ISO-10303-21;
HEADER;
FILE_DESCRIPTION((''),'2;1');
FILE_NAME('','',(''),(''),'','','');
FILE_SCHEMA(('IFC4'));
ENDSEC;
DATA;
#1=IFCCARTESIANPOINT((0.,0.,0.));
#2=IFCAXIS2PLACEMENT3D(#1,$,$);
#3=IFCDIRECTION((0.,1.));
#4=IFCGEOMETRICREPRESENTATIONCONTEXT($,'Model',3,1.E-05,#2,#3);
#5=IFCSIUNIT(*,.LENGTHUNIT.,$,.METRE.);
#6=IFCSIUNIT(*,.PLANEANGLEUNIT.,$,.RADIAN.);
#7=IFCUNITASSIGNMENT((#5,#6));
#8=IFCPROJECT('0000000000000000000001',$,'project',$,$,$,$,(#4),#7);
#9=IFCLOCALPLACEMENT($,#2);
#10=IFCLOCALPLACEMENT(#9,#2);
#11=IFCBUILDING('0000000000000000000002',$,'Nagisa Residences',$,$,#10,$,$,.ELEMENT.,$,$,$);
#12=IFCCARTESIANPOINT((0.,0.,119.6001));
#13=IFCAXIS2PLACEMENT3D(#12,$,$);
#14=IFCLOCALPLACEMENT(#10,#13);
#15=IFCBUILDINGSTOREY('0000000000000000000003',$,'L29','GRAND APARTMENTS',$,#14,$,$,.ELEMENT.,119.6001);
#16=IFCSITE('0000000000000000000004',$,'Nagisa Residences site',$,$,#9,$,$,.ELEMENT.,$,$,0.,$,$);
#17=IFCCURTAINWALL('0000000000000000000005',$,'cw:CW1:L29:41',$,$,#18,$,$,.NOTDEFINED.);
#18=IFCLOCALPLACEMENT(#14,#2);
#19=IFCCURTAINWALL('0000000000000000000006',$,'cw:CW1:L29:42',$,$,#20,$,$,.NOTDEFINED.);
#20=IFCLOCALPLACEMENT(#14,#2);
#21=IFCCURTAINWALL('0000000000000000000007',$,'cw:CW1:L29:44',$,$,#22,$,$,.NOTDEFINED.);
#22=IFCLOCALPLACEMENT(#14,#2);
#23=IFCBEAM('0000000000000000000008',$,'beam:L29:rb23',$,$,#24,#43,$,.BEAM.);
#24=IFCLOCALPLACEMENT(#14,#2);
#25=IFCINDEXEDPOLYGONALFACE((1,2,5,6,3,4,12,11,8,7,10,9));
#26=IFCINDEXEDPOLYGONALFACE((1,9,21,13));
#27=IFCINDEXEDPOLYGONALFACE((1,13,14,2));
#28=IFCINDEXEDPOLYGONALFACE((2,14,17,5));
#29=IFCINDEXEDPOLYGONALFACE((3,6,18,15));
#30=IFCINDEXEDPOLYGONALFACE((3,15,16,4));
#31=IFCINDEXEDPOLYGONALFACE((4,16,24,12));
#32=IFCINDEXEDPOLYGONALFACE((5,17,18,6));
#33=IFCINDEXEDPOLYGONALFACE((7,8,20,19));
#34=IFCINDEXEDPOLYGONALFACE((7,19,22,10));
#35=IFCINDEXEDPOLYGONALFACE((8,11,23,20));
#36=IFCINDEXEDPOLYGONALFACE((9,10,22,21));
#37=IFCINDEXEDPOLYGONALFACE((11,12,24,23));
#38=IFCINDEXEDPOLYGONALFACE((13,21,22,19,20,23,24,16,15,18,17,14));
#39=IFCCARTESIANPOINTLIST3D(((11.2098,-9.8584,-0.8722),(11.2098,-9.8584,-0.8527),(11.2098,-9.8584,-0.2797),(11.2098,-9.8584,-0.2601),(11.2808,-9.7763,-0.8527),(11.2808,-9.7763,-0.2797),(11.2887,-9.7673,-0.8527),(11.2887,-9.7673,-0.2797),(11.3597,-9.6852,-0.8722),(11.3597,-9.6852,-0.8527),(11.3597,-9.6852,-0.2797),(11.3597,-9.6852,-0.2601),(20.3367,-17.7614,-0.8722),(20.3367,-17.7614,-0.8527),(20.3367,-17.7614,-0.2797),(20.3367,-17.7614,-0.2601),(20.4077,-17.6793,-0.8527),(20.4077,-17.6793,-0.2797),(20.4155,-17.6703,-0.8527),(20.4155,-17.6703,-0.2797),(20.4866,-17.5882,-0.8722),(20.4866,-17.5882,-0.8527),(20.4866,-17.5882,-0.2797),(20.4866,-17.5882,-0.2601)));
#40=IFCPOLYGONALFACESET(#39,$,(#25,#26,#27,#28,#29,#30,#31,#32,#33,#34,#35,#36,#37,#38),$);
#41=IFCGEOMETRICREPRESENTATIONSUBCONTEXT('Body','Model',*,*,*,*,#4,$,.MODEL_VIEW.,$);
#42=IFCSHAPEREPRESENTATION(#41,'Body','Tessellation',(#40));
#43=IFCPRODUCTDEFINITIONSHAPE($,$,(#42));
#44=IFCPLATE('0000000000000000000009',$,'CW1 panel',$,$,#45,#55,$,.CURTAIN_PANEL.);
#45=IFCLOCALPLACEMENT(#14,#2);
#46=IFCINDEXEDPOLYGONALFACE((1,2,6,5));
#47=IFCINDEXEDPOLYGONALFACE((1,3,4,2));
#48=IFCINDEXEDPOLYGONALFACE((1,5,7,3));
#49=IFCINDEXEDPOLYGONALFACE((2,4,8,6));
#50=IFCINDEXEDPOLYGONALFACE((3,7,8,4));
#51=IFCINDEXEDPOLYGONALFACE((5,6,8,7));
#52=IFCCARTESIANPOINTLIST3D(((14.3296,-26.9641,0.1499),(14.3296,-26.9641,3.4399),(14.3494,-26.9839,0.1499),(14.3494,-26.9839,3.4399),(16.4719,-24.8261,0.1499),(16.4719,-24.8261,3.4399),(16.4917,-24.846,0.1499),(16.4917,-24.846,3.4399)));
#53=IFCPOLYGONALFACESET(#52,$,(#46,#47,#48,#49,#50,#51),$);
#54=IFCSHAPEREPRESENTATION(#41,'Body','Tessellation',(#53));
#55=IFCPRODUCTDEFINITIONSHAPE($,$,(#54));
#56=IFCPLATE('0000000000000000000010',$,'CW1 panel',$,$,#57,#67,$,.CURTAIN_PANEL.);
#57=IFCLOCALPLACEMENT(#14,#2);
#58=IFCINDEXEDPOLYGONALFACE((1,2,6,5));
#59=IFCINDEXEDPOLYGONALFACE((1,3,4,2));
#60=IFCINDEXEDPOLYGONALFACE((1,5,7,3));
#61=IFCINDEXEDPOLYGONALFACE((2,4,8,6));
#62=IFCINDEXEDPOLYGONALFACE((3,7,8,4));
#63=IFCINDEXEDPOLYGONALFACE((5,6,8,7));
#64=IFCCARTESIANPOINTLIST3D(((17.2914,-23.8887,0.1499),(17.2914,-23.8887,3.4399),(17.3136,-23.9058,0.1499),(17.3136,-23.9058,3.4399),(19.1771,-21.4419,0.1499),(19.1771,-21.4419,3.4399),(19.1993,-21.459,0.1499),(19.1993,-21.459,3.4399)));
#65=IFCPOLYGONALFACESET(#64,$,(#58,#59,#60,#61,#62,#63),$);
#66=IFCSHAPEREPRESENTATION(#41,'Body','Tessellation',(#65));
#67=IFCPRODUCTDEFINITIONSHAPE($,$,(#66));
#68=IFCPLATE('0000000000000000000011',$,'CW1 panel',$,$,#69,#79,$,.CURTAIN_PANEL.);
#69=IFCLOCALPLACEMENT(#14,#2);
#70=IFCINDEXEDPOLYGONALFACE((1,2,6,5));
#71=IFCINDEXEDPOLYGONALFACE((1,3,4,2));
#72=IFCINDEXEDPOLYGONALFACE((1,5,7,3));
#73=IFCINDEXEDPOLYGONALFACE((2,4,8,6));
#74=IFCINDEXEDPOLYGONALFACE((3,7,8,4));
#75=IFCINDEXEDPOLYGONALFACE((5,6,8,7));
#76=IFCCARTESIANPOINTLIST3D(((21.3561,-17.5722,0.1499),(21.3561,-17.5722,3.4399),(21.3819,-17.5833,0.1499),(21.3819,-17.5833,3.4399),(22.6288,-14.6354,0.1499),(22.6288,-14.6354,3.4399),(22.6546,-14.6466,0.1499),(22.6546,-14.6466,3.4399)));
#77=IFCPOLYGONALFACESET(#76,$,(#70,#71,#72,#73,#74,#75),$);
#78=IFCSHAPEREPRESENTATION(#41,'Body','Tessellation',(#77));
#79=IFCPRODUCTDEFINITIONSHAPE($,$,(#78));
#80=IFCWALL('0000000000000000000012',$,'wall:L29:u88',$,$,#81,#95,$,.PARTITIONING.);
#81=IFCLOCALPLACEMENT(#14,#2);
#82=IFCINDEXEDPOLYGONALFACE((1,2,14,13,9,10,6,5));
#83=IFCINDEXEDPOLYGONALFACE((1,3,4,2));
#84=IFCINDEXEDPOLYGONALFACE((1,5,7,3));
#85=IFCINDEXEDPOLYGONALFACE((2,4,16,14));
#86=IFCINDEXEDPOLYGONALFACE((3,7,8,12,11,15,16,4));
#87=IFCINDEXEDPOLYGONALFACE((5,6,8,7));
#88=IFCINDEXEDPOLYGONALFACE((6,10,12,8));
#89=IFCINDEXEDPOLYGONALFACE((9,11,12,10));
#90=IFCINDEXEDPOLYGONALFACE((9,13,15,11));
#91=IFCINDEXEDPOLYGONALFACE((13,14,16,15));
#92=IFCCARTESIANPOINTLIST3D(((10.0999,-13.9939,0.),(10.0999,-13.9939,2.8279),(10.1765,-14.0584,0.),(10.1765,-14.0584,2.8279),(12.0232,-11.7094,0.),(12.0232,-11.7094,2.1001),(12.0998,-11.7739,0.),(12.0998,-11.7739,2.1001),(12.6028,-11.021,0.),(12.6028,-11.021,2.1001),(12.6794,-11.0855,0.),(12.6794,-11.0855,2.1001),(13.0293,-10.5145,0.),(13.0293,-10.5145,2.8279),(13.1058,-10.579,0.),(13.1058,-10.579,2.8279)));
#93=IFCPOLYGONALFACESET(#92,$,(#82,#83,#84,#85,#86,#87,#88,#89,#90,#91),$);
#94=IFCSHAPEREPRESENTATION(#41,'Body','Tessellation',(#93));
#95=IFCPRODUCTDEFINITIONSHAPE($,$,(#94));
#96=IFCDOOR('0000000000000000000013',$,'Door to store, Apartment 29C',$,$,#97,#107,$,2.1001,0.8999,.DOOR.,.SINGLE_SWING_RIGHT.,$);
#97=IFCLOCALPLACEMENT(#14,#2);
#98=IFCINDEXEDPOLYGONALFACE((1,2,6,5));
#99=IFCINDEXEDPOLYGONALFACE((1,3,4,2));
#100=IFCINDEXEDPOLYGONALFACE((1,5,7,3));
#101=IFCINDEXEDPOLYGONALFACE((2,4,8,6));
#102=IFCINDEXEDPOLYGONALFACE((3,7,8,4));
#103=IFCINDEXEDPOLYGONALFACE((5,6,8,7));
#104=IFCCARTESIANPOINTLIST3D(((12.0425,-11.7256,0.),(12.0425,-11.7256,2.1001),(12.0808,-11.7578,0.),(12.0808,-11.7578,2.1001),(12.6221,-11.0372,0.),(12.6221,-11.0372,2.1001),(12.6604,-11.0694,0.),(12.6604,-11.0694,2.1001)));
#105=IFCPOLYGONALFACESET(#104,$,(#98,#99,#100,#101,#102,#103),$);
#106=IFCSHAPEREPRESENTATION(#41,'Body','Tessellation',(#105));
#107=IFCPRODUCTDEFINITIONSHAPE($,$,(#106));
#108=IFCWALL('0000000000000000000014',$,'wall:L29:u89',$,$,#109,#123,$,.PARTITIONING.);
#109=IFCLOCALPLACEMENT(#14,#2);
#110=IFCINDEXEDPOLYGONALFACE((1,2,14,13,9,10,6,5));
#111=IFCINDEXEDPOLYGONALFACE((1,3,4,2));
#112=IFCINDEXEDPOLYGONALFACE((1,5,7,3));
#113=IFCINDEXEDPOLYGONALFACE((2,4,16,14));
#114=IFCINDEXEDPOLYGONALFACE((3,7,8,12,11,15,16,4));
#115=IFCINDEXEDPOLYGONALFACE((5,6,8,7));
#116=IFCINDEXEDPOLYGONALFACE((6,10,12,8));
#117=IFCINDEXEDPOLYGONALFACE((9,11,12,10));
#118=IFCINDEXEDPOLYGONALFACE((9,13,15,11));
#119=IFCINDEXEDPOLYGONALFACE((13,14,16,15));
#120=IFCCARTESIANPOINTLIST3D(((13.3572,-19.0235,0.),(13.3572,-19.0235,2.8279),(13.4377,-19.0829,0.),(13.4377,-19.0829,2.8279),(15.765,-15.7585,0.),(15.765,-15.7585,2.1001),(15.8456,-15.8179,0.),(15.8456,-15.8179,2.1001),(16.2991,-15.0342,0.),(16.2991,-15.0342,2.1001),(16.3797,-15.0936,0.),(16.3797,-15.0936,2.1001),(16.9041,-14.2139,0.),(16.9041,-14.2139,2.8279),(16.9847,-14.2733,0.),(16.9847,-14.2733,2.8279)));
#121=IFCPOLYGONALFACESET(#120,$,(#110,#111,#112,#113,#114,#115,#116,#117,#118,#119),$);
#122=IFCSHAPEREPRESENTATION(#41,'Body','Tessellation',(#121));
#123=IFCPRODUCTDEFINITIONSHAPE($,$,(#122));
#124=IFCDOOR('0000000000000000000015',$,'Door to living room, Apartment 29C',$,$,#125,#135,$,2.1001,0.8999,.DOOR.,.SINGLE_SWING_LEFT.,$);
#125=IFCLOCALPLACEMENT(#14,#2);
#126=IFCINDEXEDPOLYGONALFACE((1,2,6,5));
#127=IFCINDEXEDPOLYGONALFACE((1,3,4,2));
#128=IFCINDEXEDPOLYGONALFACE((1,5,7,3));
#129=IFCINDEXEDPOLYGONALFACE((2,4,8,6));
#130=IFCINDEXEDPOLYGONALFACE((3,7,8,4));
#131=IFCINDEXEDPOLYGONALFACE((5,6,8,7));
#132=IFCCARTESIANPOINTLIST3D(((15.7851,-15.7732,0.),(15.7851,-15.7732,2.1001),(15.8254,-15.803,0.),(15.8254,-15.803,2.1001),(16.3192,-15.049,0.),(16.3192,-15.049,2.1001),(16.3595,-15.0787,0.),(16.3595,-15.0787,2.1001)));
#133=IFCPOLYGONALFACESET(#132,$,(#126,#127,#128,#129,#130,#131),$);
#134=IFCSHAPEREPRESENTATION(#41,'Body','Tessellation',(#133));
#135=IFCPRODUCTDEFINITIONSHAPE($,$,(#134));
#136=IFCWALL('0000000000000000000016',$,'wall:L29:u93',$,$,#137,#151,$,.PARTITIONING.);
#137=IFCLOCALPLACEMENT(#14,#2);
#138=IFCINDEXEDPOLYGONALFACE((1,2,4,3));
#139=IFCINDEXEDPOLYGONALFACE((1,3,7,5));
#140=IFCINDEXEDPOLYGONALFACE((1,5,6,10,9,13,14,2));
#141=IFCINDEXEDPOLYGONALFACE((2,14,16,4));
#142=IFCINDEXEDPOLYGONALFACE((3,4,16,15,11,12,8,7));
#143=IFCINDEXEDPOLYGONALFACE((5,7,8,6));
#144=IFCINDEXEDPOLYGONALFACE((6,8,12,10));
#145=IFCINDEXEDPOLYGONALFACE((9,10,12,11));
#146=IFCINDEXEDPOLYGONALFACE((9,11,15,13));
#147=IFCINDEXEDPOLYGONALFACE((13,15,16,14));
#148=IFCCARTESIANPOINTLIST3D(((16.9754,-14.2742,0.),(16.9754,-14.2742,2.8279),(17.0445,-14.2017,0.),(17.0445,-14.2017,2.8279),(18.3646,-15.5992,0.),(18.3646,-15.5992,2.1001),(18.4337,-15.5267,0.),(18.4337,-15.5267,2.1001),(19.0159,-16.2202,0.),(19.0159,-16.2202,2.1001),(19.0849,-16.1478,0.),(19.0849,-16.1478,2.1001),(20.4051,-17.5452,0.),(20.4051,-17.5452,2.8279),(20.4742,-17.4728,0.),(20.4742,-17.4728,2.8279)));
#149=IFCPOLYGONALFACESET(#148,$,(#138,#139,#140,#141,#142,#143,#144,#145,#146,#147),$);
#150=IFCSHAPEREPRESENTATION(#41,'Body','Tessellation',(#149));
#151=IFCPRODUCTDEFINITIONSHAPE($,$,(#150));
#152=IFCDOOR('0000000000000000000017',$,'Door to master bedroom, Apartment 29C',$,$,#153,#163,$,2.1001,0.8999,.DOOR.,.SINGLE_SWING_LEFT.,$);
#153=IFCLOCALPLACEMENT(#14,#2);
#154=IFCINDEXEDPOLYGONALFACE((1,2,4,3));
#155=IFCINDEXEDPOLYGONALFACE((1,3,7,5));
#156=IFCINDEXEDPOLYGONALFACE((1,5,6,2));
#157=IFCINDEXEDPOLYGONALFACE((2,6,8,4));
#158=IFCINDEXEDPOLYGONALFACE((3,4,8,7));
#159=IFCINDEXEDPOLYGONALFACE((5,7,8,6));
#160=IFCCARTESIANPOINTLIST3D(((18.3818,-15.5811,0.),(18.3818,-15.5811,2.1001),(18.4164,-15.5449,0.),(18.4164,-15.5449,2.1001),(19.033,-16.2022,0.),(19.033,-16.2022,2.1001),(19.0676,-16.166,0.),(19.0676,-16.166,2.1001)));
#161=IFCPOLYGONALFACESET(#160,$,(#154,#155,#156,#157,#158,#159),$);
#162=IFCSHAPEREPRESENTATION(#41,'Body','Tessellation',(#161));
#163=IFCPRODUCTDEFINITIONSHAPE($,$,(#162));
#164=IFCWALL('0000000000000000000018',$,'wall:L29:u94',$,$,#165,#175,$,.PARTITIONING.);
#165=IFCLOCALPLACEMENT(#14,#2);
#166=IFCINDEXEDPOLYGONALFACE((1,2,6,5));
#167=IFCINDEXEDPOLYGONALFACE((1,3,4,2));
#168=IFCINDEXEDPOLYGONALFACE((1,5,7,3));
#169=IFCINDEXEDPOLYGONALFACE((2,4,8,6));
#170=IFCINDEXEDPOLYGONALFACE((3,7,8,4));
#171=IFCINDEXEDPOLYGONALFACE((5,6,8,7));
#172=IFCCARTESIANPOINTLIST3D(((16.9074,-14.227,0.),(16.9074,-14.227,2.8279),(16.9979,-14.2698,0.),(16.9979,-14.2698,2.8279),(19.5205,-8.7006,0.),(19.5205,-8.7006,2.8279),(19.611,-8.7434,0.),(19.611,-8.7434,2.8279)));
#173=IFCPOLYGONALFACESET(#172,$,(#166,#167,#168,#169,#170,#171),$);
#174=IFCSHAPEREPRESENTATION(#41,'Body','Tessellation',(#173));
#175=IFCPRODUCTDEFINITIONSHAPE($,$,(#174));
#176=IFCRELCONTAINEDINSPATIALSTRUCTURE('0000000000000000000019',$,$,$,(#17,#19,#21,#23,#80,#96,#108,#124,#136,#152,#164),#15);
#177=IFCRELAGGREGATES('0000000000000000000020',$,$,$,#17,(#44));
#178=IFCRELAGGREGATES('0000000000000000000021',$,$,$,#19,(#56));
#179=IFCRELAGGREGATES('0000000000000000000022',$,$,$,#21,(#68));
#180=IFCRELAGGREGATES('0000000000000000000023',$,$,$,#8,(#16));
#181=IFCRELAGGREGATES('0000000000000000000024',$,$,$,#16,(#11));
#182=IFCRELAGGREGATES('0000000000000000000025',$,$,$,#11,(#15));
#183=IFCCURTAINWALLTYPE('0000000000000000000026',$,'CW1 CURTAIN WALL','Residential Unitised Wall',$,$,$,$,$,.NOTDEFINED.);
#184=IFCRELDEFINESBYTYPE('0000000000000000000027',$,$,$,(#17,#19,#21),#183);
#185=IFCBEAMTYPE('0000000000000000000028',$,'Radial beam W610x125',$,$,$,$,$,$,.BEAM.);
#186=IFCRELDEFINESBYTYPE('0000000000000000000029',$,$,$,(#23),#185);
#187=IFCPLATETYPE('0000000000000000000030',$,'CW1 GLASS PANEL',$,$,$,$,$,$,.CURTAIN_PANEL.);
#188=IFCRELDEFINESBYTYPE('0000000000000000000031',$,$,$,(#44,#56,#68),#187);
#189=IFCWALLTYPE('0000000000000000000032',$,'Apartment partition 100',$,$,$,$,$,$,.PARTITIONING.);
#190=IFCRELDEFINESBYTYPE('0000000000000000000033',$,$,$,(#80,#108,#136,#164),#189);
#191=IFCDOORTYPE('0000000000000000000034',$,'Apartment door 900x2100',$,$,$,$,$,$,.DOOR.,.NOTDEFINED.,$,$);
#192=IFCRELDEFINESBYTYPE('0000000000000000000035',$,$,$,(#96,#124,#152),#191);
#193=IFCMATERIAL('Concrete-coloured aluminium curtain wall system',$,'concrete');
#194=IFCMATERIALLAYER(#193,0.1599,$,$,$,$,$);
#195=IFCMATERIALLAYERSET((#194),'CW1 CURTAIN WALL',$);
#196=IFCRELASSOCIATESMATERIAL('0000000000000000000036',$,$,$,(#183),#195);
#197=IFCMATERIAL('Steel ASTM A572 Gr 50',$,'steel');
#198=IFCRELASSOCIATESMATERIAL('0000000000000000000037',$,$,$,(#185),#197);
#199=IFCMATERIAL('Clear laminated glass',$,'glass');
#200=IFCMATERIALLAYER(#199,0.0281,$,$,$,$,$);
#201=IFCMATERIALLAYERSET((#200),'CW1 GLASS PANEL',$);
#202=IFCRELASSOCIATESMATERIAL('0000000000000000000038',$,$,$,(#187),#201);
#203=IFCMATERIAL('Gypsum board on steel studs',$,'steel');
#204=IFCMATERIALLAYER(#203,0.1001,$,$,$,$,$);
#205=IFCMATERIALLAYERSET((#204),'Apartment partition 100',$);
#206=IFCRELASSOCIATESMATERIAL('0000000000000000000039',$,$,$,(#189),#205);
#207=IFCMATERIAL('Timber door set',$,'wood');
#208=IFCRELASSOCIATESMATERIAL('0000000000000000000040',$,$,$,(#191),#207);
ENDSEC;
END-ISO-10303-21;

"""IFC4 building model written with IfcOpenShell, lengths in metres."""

from ifc_helpers import new_model, si_unit, direction, frame, frame_2d, origin, origin_2d, place, context, subcontext, project, spatial, rectangle, i_section, extrude, material, layer, layer_set, material_profile, profile_set, type_object, element, fill, aggregate, save


model = new_model("IFC4")

# Units and contexts
model_context = context("Model", 3, precision=1e-05, world=origin(), true_north=direction((0.0, 1.0)))
body_context = subcontext(model_context, "Body", "Model", "MODEL_VIEW")
ifc_project = project(units=[si_unit("LENGTHUNIT", "METRE"), si_unit("PLANEANGLEUNIT", "RADIAN")], contexts=[model_context])

# Site, building, storey
site_placement = place(None, origin())
site = spatial("IfcSite", under=ifc_project, at=site_placement, Name="Nagisa Residences site", CompositionType="ELEMENT", RefElevation=0.0)
building_placement = place(site_placement, origin())
building = spatial("IfcBuilding", under=site, at=building_placement, Name="Nagisa Residences", CompositionType="ELEMENT")
storey_placement = place(building_placement, frame((0.0, 0.0, 119.6001)))
storey = spatial("IfcBuildingStorey", under=building, at=storey_placement, Name="L29", Description="GRAND APARTMENTS", CompositionType="ELEMENT", Elevation=119.6001)

# Curtain walls
ifc_material_1 = material(Name="Concrete-coloured aluminium curtain wall system", Category="concrete")
ifc_layer_1 = layer(ifc_material_1, 0.1599)
ifc_layer_set_1 = layer_set([ifc_layer_1], Name="CW1 CURTAIN WALL")
curtain_wall_type = type_object("IfcCurtainWallType", Name="CW1 CURTAIN WALL", Description="Residential Unitised Wall", PredefinedType="NOTDEFINED", material=ifc_layer_set_1)
curtain_wall_1_placement = place(storey_placement, origin())
curtain_wall_1 = element("IfcCurtainWall", 1, at=curtain_wall_1_placement, inside=storey, type_object=curtain_wall_type, Name="cw:CW1:L29:41", PredefinedType="NOTDEFINED")
curtain_wall_2_placement = place(storey_placement, origin())
curtain_wall_2 = element("IfcCurtainWall", 2, at=curtain_wall_2_placement, inside=storey, type_object=curtain_wall_type, Name="cw:CW1:L29:42", PredefinedType="NOTDEFINED")
curtain_wall_3_placement = place(storey_placement, origin())
curtain_wall_3 = element("IfcCurtainWall", 3, at=curtain_wall_3_placement, inside=storey, type_object=curtain_wall_type, Name="cw:CW1:L29:44", PredefinedType="NOTDEFINED")

# Beam
ifc_material_2 = material(Name="Steel ASTM A572 Gr 50", Category="steel")
ifc_material_profile_1 = material_profile(ifc_material_2, i_section(OverallWidth=0.229, OverallDepth=0.6121, WebThickness=0.012, FlangeThickness=0.0195, at=origin_2d()), Name="W610x125")
ifc_profile_set_1 = profile_set([ifc_material_profile_1], Name="Steel ASTM A572 Gr 50")
beam_type = type_object("IfcBeamType", Name="Radial beam W610x125", PredefinedType="BEAM", material=ifc_profile_set_1)
beam_1_placement = place(storey_placement, frame((20.4116, -17.6748, -0.5662), z_axis=(-0.755974, 0.654602, 0.0), x_axis=(-0.654602, -0.755974, 0.0)))
element("IfcBeam", 4, at=beam_1_placement, inside=storey, type_object=beam_type, Name="beam:L29:rb23", PredefinedType="BEAM", context=body_context, shape_type="SweptSolid", body=[
    extrude(i_section(OverallWidth=0.229, OverallDepth=0.6121, WebThickness=0.012, FlangeThickness=0.0195, at=origin_2d()), origin(), (0.0, 0.0, 1.0), 12.073),
])

# Plates
ifc_material_3 = material(Name="Clear laminated glass", Category="glass")
ifc_layer_2 = layer(ifc_material_3, 0.0281)
ifc_layer_set_2 = layer_set([ifc_layer_2], Name="CW1 GLASS PANEL")
plate_type = type_object("IfcPlateType", Name="CW1 GLASS PANEL", PredefinedType="CURTAIN_PANEL", material=ifc_layer_set_2)
plate_1_placement = place(storey_placement, frame((15.4106, -25.905, 0.1499), z_axis=(0.0, 0.0, 1.0), x_axis=(0.707836, 0.706377, 0.0)))
plate_1 = element("IfcPlate", 5, at=plate_1_placement, type_object=plate_type, Name="CW1 panel", PredefinedType="CURTAIN_PANEL", context=body_context, shape_type="SweptSolid", body=[
    extrude(rectangle(XDim=3.0266, YDim=0.0281, at=origin_2d()), origin(), (0.0, 0.0, 1.0), 3.29),
])
aggregate(curtain_wall_1, [plate_1])
plate_2_placement = place(storey_placement, frame((18.2454, -22.6738, 0.1499), z_axis=(0.0, 0.0, 1.0), x_axis=(0.61043, 0.79207, 0.0)))
plate_2 = element("IfcPlate", 6, at=plate_2_placement, type_object=plate_type, Name="CW1 panel", PredefinedType="CURTAIN_PANEL", context=body_context, shape_type="SweptSolid", body=[
    extrude(rectangle(XDim=3.0891, YDim=0.0281, at=origin_2d()), origin(), (0.0, 0.0, 1.0), 3.29),
])
aggregate(curtain_wall_2, [plate_2])
plate_3_placement = place(storey_placement, frame((22.0054, -16.1094, 0.1499), z_axis=(0.0, 0.0, 1.0), x_axis=(0.397636, 0.917543, 0.0)))
plate_3 = element("IfcPlate", 7, at=plate_3_placement, type_object=plate_type, Name="CW1 panel", PredefinedType="CURTAIN_PANEL", context=body_context, shape_type="SweptSolid", body=[
    extrude(rectangle(XDim=3.2007, YDim=0.0281, at=origin_2d()), origin(), (0.0, 0.0, 1.0), 3.29),
])
aggregate(curtain_wall_3, [plate_3])

# Walls, openings, doors
ifc_material_4 = material(Name="Gypsum board on steel studs", Category="steel")
ifc_layer_3 = layer(ifc_material_4, 0.1001)
ifc_layer_set_3 = layer_set([ifc_layer_3], Name="Apartment partition 100")
wall_type_1 = type_object("IfcWallType", Name="Apartment partition 100", PredefinedType="PARTITIONING", material=ifc_layer_set_3)
wall_1_placement = place(storey_placement, frame((10.1382, -14.0261, 0.0), z_axis=(0.0, 0.0, 1.0), x_axis=(0.644051, 0.764982, 0.0)))
wall_1 = element("IfcWall", 8, at=wall_1_placement, inside=storey, type_object=wall_type_1, Name="wall:L29:u88", PredefinedType="PARTITIONING", context=body_context, shape_type="SweptSolid", body=[
    extrude(rectangle(XDim=4.5483, YDim=0.1001, at=frame_2d((2.2742, 0.0))), origin(), (0.0, 0.0, 1.0), 2.8279),
])
opening_1_placement = place(wall_1_placement, frame((2.9863, 0.0, 0.0)))
opening_1 = element("IfcOpeningElement", 9, at=opening_1_placement, cuts=wall_1, PredefinedType="OPENING", context=body_context, shape_type="SweptSolid", body=[
    extrude(rectangle(XDim=0.8999, YDim=2.1001, at=frame_2d((0.45, 1.05))), frame((0.0, 0.0601, 0.0), z_axis=(0.0, -1.0, 0.0), x_axis=(1.0, 0.0, 0.0)), (0.0, 0.0, 1.0), 0.1201),
])
ifc_material_5 = material(Name="Timber door set", Category="wood")
door_type_1 = type_object("IfcDoorType", Name="Apartment door 900x2100", OperationType="NOTDEFINED", PredefinedType="DOOR", material=ifc_material_5)
door_1_placement = place(opening_1_placement, origin())
door_1 = element("IfcDoor", 10, at=door_1_placement, inside=storey, type_object=door_type_1, Name="Door to store, Apartment 29C", OperationType="SINGLE_SWING_RIGHT", OverallHeight=2.1001, OverallWidth=0.8999, PredefinedType="DOOR", context=body_context, shape_type="SweptSolid", body=[
    extrude(rectangle(XDim=0.8999, YDim=2.1001, at=frame_2d((0.45, 1.05))), frame((0.0, 0.0249, 0.0), z_axis=(0.0, -1.0, 0.0), x_axis=(1.0, 0.0, 0.0)), (0.0, 0.0, 1.0), 0.05),
])
fill(opening_1, door_1)
wall_2_placement = place(storey_placement, frame((13.3975, -19.0532, 0.0), z_axis=(0.0, 0.0, 1.0), x_axis=(0.593522, 0.804818, 0.0)))
wall_2 = element("IfcWall", 11, at=wall_2_placement, inside=storey, type_object=wall_type_1, Name="wall:L29:u89", PredefinedType="PARTITIONING", context=body_context, shape_type="SweptSolid", body=[
    extrude(rectangle(XDim=5.9761, YDim=0.1001, at=frame_2d((2.988, 0.0))), origin(), (0.0, 0.0, 1.0), 2.8279),
])
opening_2_placement = place(wall_2_placement, frame((4.0569, 0.0, 0.0)))
opening_2 = element("IfcOpeningElement", 12, at=opening_2_placement, cuts=wall_2, PredefinedType="OPENING", context=body_context, shape_type="SweptSolid", body=[
    extrude(rectangle(XDim=0.8999, YDim=2.1001, at=frame_2d((0.45, 1.05))), frame((0.0, 0.0601, 0.0), z_axis=(0.0, -1.0, 0.0), x_axis=(1.0, 0.0, 0.0)), (0.0, 0.0, 1.0), 0.1201),
])
door_2_placement = place(opening_2_placement, frame((0.8999, 0.0, 0.0), x_axis=(-1.0, 0.0, 0.0)))
door_2 = element("IfcDoor", 13, at=door_2_placement, inside=storey, type_object=door_type_1, Name="Door to living room, Apartment 29C", OperationType="SINGLE_SWING_LEFT", OverallHeight=2.1001, OverallWidth=0.8999, PredefinedType="DOOR", context=body_context, shape_type="SweptSolid", body=[
    extrude(rectangle(XDim=0.8999, YDim=2.1001, at=frame_2d((0.45, 1.05))), frame((0.0, 0.0249, 0.0), z_axis=(0.0, -1.0, 0.0), x_axis=(1.0, 0.0, 0.0)), (0.0, 0.0, 1.0), 0.05),
])
fill(opening_2, door_2)
wall_3_placement = place(storey_placement, frame((17.01, -14.238, 0.0), z_axis=(0.0, 0.0, 1.0), x_axis=(0.72365, -0.690167, 0.0)))
wall_3 = element("IfcWall", 14, at=wall_3_placement, inside=storey, type_object=wall_type_1, Name="wall:L29:u93", PredefinedType="PARTITIONING", context=body_context, shape_type="SweptSolid", body=[
    extrude(rectangle(XDim=4.7395, YDim=0.1001, at=frame_2d((2.3696, 0.0))), origin(), (0.0, 0.0, 1.0), 2.8279),
])
opening_3_placement = place(wall_3_placement, frame((1.9197, 0.0, 0.0)))
opening_3 = element("IfcOpeningElement", 15, at=opening_3_placement, cuts=wall_3, PredefinedType="OPENING", context=body_context, shape_type="SweptSolid", body=[
    extrude(rectangle(XDim=0.8999, YDim=2.1001, at=frame_2d((0.45, 1.05))), frame((0.0, 0.0601, 0.0), z_axis=(0.0, -1.0, 0.0), x_axis=(1.0, 0.0, 0.0)), (0.0, 0.0, 1.0), 0.1201),
])
door_3_placement = place(opening_3_placement, origin())
door_3 = element("IfcDoor", 16, at=door_3_placement, inside=storey, type_object=door_type_1, Name="Door to master bedroom, Apartment 29C", OperationType="SINGLE_SWING_LEFT", OverallHeight=2.1001, OverallWidth=0.8999, PredefinedType="DOOR", context=body_context, shape_type="SweptSolid", body=[
    extrude(rectangle(XDim=0.8999, YDim=2.1001, at=frame_2d((0.45, 1.05))), frame((0.0, 0.0249, 0.0), z_axis=(0.0, -1.0, 0.0), x_axis=(1.0, 0.0, 0.0)), (0.0, 0.0, 1.0), 0.05),
])
fill(opening_3, door_3)

# Wall
wall_4_placement = place(storey_placement, frame((16.9526, -14.2485, 0.0), z_axis=(0.0, 0.0, 1.0), x_axis=(0.427456, 0.904036, 0.0)))
element("IfcWall", 17, at=wall_4_placement, inside=storey, type_object=wall_type_1, Name="wall:L29:u94", PredefinedType="PARTITIONING", context=body_context, shape_type="SweptSolid", body=[
    extrude(rectangle(XDim=6.113, YDim=0.1001, at=frame_2d((3.0566, 0.0))), origin(), (0.0, 0.0, 1.0), 2.8279),
])

save(model, "model.ifc")
